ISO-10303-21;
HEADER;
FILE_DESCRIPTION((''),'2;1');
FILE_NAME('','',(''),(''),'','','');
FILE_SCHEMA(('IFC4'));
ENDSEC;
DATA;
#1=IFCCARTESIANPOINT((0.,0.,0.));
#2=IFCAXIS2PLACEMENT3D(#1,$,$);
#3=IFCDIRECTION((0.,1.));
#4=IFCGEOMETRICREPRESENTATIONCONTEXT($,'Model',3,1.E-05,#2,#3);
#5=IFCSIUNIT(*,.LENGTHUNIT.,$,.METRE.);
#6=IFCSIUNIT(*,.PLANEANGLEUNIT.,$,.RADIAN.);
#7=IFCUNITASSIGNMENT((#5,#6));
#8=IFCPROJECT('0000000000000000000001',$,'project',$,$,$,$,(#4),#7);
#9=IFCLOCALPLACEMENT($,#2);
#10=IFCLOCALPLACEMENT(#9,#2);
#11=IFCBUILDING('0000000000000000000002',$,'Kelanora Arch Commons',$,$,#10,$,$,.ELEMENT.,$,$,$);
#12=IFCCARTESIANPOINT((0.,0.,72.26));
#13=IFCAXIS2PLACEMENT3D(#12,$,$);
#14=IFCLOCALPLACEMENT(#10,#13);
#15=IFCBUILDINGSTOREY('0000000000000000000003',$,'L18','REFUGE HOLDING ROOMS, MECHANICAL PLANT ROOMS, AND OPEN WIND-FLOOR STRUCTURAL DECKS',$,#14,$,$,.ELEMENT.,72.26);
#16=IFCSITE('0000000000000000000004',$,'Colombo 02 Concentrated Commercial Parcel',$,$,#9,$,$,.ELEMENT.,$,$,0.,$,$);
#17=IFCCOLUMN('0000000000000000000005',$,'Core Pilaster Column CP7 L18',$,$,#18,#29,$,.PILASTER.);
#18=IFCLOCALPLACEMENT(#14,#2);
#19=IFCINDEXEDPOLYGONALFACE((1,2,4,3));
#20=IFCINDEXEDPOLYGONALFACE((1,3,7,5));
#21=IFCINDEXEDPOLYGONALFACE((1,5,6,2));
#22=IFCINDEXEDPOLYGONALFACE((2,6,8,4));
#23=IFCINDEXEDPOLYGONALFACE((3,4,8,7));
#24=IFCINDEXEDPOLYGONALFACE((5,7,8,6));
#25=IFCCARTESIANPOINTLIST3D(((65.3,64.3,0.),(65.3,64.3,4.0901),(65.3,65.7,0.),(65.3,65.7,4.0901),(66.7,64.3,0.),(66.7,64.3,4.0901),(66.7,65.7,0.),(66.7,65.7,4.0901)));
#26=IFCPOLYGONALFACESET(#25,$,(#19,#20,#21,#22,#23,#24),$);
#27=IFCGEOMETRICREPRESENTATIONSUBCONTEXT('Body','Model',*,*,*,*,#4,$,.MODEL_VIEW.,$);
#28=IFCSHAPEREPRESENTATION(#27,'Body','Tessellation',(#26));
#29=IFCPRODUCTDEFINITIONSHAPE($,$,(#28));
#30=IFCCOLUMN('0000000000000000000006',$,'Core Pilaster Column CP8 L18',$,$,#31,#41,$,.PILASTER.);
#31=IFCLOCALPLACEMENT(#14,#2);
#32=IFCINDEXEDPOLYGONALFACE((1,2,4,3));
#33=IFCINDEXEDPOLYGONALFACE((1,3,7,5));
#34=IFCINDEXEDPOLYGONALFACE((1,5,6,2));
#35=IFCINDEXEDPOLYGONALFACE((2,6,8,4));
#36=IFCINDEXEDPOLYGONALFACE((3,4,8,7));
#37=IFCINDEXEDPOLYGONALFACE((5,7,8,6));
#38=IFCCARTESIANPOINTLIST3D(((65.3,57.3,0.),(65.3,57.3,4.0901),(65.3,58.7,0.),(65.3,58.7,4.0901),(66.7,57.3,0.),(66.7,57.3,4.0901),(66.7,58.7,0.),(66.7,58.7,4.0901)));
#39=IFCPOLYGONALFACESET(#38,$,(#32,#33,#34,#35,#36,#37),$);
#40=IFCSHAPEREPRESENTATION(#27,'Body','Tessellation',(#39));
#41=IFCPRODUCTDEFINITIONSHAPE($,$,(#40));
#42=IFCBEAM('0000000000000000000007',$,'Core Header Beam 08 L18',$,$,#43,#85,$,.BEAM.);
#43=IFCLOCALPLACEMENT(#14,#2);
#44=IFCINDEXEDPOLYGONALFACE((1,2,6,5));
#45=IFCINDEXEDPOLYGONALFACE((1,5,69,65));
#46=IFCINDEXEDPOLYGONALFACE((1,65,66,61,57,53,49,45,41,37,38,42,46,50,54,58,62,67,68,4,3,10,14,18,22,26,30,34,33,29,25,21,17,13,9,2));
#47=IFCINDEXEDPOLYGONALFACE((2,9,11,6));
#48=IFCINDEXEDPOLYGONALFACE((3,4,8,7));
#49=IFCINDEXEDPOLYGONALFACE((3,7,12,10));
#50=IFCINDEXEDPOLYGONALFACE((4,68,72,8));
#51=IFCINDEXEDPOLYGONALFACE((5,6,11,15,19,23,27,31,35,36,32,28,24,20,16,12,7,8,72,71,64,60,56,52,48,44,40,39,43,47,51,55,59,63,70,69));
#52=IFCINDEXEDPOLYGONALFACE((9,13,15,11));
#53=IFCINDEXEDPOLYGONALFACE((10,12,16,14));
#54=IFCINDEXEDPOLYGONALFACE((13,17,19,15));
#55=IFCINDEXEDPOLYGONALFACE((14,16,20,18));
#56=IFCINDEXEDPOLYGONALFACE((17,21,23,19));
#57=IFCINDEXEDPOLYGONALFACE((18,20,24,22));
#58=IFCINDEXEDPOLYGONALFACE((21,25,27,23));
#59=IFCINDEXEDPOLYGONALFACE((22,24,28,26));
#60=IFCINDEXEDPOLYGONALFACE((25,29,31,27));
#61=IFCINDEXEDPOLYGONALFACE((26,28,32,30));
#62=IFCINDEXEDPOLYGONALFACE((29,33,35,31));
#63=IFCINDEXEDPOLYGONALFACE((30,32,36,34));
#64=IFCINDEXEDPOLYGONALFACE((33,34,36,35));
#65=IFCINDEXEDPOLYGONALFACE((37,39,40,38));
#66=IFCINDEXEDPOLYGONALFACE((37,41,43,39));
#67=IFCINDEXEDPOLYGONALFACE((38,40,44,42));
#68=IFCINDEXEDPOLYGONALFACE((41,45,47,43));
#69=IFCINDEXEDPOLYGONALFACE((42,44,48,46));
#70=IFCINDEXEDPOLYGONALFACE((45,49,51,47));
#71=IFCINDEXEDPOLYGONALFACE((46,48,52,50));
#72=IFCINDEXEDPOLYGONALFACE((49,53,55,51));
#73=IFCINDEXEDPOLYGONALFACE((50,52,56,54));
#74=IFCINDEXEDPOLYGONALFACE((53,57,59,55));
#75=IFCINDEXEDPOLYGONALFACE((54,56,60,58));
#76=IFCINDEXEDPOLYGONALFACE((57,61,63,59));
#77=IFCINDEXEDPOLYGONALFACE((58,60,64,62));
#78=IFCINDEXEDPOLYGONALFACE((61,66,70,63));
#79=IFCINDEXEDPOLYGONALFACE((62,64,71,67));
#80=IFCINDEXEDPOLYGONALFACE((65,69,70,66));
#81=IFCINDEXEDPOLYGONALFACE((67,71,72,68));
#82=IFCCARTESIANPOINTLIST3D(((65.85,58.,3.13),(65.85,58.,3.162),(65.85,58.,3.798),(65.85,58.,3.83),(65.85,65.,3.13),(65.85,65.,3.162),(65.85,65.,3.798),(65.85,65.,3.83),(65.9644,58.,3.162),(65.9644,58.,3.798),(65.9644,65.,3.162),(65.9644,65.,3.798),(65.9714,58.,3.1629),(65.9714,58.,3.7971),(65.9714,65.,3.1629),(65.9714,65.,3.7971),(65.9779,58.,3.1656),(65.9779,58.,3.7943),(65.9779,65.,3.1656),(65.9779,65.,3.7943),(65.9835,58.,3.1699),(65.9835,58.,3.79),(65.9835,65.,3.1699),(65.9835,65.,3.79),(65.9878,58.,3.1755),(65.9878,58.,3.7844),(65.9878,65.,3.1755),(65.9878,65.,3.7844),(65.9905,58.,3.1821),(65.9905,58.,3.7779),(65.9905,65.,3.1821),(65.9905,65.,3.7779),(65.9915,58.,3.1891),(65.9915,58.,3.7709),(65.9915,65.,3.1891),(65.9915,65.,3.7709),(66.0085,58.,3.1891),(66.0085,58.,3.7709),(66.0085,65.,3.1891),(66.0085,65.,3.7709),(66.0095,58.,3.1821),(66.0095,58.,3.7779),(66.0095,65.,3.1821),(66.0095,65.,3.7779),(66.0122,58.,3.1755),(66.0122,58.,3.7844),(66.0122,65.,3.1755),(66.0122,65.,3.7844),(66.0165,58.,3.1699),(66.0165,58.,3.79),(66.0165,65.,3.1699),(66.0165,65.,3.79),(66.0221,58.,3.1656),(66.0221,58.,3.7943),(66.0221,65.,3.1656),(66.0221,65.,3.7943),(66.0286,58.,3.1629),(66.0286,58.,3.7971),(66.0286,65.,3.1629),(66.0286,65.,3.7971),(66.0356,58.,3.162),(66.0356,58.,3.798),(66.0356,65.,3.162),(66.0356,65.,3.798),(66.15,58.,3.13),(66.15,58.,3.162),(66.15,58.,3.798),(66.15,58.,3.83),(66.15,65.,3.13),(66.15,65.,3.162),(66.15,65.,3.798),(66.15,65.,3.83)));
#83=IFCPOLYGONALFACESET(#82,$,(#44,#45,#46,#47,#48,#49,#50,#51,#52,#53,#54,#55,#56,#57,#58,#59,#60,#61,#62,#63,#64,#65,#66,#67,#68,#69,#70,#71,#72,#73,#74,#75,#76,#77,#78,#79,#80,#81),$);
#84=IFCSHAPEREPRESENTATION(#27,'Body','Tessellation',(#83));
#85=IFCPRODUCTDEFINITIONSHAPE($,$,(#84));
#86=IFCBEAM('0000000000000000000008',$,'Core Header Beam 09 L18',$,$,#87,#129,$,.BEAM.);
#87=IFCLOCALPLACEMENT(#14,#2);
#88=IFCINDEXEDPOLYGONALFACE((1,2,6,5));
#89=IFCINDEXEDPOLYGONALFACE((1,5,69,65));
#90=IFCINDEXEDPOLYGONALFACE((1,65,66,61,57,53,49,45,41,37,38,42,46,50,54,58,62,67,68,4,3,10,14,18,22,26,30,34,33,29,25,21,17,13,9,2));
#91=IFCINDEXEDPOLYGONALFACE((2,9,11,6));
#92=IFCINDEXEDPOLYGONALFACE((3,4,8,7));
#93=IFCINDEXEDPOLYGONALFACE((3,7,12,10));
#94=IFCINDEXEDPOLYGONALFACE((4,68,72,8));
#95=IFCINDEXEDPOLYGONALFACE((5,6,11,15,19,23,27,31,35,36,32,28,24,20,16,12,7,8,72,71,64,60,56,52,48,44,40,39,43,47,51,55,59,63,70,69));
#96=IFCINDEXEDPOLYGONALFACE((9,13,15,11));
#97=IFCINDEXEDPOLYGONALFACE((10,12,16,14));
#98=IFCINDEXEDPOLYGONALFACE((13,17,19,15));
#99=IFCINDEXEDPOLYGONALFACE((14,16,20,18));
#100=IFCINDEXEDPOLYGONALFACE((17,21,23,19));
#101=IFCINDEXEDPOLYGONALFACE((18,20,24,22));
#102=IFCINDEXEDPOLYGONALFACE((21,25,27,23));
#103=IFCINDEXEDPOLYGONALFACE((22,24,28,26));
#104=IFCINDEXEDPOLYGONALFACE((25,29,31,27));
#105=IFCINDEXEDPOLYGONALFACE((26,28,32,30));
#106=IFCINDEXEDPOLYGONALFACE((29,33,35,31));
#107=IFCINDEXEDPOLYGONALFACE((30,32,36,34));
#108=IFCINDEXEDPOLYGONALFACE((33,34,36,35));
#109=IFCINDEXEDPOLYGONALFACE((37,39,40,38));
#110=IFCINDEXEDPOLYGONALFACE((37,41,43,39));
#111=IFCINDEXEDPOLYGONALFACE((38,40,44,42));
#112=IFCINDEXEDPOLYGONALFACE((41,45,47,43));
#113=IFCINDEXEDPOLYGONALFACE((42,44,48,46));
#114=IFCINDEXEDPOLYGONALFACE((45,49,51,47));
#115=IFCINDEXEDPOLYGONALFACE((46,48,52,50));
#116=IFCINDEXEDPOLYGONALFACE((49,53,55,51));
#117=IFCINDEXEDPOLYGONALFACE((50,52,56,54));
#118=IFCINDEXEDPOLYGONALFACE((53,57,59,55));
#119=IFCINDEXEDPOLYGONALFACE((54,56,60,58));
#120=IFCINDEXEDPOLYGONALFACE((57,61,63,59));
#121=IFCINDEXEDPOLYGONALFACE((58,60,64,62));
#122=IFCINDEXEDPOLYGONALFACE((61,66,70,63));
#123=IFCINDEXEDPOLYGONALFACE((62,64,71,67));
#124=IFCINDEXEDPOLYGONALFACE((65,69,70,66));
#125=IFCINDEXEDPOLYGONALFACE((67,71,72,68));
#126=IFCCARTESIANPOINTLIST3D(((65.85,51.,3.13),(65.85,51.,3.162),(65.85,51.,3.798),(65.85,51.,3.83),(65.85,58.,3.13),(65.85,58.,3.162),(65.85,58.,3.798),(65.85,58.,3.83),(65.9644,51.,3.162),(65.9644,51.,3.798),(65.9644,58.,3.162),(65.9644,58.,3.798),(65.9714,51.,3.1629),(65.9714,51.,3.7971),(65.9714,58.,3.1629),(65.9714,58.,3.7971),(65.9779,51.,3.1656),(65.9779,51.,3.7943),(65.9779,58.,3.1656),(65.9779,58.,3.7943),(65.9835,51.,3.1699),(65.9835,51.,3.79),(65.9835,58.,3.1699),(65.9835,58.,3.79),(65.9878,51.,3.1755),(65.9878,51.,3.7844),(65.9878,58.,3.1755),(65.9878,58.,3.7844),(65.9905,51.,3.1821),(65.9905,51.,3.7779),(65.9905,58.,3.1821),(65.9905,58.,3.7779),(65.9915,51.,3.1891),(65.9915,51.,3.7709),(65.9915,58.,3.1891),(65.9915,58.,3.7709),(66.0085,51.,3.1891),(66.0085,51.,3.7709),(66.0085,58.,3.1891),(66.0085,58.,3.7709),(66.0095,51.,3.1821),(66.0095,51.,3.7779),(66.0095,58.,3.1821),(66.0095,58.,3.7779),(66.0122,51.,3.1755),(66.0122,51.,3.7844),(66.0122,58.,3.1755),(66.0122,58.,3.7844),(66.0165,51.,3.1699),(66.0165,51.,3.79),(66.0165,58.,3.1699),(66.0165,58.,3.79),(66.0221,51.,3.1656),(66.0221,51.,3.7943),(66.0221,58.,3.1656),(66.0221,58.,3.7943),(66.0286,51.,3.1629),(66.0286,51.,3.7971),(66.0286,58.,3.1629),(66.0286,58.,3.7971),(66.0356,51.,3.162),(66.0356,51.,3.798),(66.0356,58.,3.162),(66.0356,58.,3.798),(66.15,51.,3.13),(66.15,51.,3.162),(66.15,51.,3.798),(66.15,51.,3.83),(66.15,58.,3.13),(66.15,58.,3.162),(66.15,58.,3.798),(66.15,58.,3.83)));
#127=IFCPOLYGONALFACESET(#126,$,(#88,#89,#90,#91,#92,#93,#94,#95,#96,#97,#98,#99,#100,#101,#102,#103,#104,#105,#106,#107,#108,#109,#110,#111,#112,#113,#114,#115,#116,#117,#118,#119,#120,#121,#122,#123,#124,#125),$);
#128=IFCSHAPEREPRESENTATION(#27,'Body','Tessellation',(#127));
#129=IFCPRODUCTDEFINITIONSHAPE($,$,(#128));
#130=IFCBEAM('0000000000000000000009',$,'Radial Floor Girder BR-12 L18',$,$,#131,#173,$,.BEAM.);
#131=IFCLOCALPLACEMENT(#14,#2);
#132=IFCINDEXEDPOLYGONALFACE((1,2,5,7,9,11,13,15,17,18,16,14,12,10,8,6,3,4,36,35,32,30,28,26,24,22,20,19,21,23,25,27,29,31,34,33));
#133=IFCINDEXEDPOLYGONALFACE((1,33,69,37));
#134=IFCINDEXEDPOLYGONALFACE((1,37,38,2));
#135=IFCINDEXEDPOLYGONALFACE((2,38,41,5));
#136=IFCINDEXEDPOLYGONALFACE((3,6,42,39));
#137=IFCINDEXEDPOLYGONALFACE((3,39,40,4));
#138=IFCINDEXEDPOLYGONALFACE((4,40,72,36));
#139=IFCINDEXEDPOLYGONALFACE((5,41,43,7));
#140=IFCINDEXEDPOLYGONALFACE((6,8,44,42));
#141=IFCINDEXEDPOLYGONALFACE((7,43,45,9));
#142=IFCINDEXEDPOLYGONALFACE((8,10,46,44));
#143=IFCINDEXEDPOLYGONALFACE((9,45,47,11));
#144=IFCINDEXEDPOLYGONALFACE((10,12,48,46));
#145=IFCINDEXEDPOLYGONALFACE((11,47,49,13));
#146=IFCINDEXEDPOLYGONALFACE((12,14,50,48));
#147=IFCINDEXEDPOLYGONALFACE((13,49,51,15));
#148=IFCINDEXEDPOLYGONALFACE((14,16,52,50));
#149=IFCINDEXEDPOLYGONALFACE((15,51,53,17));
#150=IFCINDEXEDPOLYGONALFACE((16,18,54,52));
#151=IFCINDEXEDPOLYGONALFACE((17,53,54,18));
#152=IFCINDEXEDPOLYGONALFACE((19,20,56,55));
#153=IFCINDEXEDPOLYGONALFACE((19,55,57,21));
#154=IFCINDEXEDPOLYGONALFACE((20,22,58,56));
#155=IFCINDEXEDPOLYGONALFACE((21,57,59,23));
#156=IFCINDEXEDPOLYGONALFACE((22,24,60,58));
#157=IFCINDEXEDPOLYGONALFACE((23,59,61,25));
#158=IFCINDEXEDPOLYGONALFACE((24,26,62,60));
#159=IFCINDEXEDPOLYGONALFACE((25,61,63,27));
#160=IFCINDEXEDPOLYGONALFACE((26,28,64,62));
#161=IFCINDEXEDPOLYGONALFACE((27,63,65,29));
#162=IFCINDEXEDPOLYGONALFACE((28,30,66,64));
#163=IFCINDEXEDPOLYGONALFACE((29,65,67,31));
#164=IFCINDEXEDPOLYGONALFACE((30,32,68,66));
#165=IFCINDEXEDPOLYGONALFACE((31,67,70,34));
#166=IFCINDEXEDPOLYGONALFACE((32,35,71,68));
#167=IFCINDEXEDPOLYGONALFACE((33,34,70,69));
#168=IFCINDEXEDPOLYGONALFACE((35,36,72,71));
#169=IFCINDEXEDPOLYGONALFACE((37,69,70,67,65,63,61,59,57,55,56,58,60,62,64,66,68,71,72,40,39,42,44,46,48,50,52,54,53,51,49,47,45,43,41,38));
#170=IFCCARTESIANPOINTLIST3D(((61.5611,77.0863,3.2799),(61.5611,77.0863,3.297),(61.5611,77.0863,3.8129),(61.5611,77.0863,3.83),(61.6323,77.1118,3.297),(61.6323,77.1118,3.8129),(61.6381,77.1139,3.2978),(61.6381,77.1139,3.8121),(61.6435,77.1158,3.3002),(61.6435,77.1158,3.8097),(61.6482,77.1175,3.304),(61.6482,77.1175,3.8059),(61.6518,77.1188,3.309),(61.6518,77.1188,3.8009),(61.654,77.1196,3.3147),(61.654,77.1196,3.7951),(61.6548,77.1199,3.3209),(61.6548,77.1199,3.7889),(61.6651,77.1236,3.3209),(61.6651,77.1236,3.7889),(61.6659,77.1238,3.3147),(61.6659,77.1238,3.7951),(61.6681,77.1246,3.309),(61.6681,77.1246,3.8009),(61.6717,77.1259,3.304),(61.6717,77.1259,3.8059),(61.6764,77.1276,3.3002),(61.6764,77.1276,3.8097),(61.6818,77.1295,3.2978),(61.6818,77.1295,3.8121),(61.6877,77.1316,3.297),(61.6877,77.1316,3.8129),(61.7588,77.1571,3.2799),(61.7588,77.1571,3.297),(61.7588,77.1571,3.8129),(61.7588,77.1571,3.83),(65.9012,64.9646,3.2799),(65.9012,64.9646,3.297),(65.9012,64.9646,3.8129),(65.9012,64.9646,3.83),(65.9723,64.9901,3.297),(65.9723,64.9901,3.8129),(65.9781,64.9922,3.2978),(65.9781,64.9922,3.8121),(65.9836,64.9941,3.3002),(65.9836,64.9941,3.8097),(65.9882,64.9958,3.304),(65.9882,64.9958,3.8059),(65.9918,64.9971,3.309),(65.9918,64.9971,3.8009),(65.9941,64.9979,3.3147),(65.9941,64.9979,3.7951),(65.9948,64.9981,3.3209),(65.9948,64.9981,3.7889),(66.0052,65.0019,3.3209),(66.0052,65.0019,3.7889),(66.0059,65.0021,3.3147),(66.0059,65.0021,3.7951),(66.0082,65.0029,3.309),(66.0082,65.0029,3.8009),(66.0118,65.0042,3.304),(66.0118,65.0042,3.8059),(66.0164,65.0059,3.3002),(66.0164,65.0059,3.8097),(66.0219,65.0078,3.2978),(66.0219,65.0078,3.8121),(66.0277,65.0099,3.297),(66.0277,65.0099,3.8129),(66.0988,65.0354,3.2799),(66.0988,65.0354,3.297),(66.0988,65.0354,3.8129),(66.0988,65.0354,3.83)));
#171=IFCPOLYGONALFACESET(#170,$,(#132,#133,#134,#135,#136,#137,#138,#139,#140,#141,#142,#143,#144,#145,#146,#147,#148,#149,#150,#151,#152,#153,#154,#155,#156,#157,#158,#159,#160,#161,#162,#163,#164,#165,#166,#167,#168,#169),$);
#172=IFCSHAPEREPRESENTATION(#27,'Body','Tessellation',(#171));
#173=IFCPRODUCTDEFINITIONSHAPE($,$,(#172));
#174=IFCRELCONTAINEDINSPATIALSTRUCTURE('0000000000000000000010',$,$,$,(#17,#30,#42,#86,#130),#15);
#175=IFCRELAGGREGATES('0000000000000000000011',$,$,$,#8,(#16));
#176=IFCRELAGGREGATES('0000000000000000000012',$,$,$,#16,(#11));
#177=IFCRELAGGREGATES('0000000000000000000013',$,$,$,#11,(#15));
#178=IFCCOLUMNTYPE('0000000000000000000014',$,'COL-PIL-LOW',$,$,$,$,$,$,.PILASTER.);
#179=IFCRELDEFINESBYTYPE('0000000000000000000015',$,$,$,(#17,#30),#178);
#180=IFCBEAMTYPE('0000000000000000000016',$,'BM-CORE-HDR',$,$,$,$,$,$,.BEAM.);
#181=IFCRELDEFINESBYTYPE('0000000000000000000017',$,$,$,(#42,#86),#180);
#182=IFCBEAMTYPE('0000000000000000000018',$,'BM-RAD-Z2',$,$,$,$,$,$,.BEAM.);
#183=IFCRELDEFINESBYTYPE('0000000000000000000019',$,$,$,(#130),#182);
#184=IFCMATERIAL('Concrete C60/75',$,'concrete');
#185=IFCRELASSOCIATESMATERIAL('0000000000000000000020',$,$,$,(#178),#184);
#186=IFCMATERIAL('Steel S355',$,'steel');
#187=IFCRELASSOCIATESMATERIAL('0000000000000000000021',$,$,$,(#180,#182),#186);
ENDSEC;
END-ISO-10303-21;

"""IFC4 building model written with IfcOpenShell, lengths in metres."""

from ifc_helpers import new_model, si_unit, direction, frame, origin, origin_2d, place, context, subcontext, project, spatial, rectangle, i_section, extrude, material, material_profile, profile_set, type_object, element, save


model = new_model("IFC4")

# Units and contexts
model_context = context("Model", 3, precision=1e-05, world=origin(), true_north=direction((0.0, 1.0)))
body_context = subcontext(model_context, "Body", "Model", "MODEL_VIEW")
ifc_project = project(units=[si_unit("LENGTHUNIT", "METRE"), si_unit("PLANEANGLEUNIT", "RADIAN")], contexts=[model_context])

# Site, building, storey
site_placement = place(None, origin())
site = spatial("IfcSite", under=ifc_project, at=site_placement, Name="Colombo 02 Concentrated Commercial Parcel", CompositionType="ELEMENT", RefElevation=0.0)
building_placement = place(site_placement, origin())
building = spatial("IfcBuilding", under=site, at=building_placement, Name="Kelanora Arch Commons", CompositionType="ELEMENT")
storey_placement = place(building_placement, frame((0.0, 0.0, 72.26)))
storey = spatial("IfcBuildingStorey", under=building, at=storey_placement, Name="L18", Description="REFUGE HOLDING ROOMS, MECHANICAL PLANT ROOMS, AND OPEN WIND-FLOOR STRUCTURAL DECKS", CompositionType="ELEMENT", Elevation=72.26)

# Columns
ifc_material_1 = material(Name="Concrete C60/75", Category="concrete")
ifc_material_profile_1 = material_profile(ifc_material_1, rectangle(XDim=1.3999, YDim=1.3999, at=origin_2d()), Name="RC1400x1400")
ifc_profile_set_1 = profile_set([ifc_material_profile_1], Name="Concrete C60/75")
column_type = type_object("IfcColumnType", Name="COL-PIL-LOW", PredefinedType="PILASTER", material=ifc_profile_set_1)
for number, where, z_axis, x_axis, name in (
    (1, (66.0, 65.0, 0.0), (0.0, 0.0, 1.0), (1.0, 0.0, 0.0), "Core Pilaster Column CP7 L18"),
    (2, (66.0, 58.0, 0.0), (0.0, 0.0, 1.0), (1.0, 0.0, 0.0), "Core Pilaster Column CP8 L18"),
):
    element("IfcColumn", number, at=place(storey_placement, frame(where, z_axis=z_axis, x_axis=x_axis)), inside=storey, type_object=column_type, Name=name, PredefinedType="PILASTER", context=body_context, shape_type="SweptSolid", body=[
        extrude(rectangle(XDim=1.3999, YDim=1.3999, at=origin_2d()), origin(), (0.0, 0.0, 1.0), 4.0901),
    ])

# Beams
ifc_material_2 = material(Name="Steel S355", Category="steel")
ifc_material_profile_2 = material_profile(ifc_material_2, i_section(OverallWidth=0.3, OverallDepth=0.7, WebThickness=0.0171, FlangeThickness=0.032, FilletRadius=0.0271, at=origin_2d()), Name="HEB700")
ifc_profile_set_2 = profile_set([ifc_material_profile_2], Name="Steel S355")
beam_type_1 = type_object("IfcBeamType", Name="BM-CORE-HDR", PredefinedType="BEAM", material=ifc_profile_set_2)
for number, where, z_axis, x_axis, name in (
    (3, (66.0, 65.0, 3.48), (0.0, -1.0, 0.0), (1.0, 0.0, 0.0), "Core Header Beam 08 L18"),
    (4, (66.0, 58.0, 3.48), (0.0, -1.0, 0.0), (1.0, 0.0, 0.0), "Core Header Beam 09 L18"),
):
    element("IfcBeam", number, at=place(storey_placement, frame(where, z_axis=z_axis, x_axis=x_axis)), inside=storey, type_object=beam_type_1, Name=name, PredefinedType="BEAM", context=body_context, shape_type="SweptSolid", body=[
        extrude(i_section(OverallWidth=0.3, OverallDepth=0.7, WebThickness=0.0171, FlangeThickness=0.032, FilletRadius=0.0271, at=origin_2d()), origin(), (0.0, 0.0, 1.0), 7.0),
    ])
ifc_material_profile_3 = material_profile(ifc_material_2, i_section(OverallWidth=0.21, OverallDepth=0.55, WebThickness=0.011, FlangeThickness=0.0171, FilletRadius=0.0239, at=origin_2d()), Name="IPE550")
ifc_profile_set_3 = profile_set([ifc_material_profile_3], Name="Steel S355")
beam_type_2 = type_object("IfcBeamType", Name="BM-RAD-Z2", PredefinedType="BEAM", material=ifc_profile_set_3)
beam_1_placement = place(storey_placement, frame((66.0, 65.0, 3.5549), z_axis=(-0.337085, 0.941474, 0.0), x_axis=(-0.941474, -0.337085, 0.0)))
element("IfcBeam", 5, at=beam_1_placement, inside=storey, type_object=beam_type_2, Name="Radial Floor Girder BR-12 L18", PredefinedType="BEAM", context=body_context, shape_type="SweptSolid", body=[
    extrude(i_section(OverallWidth=0.21, OverallDepth=0.55, WebThickness=0.011, FlangeThickness=0.0171, FilletRadius=0.0239, at=origin_2d()), origin(), (0.0, 0.0, 1.0), 12.8752),
])

save(model, "model.ifc")
